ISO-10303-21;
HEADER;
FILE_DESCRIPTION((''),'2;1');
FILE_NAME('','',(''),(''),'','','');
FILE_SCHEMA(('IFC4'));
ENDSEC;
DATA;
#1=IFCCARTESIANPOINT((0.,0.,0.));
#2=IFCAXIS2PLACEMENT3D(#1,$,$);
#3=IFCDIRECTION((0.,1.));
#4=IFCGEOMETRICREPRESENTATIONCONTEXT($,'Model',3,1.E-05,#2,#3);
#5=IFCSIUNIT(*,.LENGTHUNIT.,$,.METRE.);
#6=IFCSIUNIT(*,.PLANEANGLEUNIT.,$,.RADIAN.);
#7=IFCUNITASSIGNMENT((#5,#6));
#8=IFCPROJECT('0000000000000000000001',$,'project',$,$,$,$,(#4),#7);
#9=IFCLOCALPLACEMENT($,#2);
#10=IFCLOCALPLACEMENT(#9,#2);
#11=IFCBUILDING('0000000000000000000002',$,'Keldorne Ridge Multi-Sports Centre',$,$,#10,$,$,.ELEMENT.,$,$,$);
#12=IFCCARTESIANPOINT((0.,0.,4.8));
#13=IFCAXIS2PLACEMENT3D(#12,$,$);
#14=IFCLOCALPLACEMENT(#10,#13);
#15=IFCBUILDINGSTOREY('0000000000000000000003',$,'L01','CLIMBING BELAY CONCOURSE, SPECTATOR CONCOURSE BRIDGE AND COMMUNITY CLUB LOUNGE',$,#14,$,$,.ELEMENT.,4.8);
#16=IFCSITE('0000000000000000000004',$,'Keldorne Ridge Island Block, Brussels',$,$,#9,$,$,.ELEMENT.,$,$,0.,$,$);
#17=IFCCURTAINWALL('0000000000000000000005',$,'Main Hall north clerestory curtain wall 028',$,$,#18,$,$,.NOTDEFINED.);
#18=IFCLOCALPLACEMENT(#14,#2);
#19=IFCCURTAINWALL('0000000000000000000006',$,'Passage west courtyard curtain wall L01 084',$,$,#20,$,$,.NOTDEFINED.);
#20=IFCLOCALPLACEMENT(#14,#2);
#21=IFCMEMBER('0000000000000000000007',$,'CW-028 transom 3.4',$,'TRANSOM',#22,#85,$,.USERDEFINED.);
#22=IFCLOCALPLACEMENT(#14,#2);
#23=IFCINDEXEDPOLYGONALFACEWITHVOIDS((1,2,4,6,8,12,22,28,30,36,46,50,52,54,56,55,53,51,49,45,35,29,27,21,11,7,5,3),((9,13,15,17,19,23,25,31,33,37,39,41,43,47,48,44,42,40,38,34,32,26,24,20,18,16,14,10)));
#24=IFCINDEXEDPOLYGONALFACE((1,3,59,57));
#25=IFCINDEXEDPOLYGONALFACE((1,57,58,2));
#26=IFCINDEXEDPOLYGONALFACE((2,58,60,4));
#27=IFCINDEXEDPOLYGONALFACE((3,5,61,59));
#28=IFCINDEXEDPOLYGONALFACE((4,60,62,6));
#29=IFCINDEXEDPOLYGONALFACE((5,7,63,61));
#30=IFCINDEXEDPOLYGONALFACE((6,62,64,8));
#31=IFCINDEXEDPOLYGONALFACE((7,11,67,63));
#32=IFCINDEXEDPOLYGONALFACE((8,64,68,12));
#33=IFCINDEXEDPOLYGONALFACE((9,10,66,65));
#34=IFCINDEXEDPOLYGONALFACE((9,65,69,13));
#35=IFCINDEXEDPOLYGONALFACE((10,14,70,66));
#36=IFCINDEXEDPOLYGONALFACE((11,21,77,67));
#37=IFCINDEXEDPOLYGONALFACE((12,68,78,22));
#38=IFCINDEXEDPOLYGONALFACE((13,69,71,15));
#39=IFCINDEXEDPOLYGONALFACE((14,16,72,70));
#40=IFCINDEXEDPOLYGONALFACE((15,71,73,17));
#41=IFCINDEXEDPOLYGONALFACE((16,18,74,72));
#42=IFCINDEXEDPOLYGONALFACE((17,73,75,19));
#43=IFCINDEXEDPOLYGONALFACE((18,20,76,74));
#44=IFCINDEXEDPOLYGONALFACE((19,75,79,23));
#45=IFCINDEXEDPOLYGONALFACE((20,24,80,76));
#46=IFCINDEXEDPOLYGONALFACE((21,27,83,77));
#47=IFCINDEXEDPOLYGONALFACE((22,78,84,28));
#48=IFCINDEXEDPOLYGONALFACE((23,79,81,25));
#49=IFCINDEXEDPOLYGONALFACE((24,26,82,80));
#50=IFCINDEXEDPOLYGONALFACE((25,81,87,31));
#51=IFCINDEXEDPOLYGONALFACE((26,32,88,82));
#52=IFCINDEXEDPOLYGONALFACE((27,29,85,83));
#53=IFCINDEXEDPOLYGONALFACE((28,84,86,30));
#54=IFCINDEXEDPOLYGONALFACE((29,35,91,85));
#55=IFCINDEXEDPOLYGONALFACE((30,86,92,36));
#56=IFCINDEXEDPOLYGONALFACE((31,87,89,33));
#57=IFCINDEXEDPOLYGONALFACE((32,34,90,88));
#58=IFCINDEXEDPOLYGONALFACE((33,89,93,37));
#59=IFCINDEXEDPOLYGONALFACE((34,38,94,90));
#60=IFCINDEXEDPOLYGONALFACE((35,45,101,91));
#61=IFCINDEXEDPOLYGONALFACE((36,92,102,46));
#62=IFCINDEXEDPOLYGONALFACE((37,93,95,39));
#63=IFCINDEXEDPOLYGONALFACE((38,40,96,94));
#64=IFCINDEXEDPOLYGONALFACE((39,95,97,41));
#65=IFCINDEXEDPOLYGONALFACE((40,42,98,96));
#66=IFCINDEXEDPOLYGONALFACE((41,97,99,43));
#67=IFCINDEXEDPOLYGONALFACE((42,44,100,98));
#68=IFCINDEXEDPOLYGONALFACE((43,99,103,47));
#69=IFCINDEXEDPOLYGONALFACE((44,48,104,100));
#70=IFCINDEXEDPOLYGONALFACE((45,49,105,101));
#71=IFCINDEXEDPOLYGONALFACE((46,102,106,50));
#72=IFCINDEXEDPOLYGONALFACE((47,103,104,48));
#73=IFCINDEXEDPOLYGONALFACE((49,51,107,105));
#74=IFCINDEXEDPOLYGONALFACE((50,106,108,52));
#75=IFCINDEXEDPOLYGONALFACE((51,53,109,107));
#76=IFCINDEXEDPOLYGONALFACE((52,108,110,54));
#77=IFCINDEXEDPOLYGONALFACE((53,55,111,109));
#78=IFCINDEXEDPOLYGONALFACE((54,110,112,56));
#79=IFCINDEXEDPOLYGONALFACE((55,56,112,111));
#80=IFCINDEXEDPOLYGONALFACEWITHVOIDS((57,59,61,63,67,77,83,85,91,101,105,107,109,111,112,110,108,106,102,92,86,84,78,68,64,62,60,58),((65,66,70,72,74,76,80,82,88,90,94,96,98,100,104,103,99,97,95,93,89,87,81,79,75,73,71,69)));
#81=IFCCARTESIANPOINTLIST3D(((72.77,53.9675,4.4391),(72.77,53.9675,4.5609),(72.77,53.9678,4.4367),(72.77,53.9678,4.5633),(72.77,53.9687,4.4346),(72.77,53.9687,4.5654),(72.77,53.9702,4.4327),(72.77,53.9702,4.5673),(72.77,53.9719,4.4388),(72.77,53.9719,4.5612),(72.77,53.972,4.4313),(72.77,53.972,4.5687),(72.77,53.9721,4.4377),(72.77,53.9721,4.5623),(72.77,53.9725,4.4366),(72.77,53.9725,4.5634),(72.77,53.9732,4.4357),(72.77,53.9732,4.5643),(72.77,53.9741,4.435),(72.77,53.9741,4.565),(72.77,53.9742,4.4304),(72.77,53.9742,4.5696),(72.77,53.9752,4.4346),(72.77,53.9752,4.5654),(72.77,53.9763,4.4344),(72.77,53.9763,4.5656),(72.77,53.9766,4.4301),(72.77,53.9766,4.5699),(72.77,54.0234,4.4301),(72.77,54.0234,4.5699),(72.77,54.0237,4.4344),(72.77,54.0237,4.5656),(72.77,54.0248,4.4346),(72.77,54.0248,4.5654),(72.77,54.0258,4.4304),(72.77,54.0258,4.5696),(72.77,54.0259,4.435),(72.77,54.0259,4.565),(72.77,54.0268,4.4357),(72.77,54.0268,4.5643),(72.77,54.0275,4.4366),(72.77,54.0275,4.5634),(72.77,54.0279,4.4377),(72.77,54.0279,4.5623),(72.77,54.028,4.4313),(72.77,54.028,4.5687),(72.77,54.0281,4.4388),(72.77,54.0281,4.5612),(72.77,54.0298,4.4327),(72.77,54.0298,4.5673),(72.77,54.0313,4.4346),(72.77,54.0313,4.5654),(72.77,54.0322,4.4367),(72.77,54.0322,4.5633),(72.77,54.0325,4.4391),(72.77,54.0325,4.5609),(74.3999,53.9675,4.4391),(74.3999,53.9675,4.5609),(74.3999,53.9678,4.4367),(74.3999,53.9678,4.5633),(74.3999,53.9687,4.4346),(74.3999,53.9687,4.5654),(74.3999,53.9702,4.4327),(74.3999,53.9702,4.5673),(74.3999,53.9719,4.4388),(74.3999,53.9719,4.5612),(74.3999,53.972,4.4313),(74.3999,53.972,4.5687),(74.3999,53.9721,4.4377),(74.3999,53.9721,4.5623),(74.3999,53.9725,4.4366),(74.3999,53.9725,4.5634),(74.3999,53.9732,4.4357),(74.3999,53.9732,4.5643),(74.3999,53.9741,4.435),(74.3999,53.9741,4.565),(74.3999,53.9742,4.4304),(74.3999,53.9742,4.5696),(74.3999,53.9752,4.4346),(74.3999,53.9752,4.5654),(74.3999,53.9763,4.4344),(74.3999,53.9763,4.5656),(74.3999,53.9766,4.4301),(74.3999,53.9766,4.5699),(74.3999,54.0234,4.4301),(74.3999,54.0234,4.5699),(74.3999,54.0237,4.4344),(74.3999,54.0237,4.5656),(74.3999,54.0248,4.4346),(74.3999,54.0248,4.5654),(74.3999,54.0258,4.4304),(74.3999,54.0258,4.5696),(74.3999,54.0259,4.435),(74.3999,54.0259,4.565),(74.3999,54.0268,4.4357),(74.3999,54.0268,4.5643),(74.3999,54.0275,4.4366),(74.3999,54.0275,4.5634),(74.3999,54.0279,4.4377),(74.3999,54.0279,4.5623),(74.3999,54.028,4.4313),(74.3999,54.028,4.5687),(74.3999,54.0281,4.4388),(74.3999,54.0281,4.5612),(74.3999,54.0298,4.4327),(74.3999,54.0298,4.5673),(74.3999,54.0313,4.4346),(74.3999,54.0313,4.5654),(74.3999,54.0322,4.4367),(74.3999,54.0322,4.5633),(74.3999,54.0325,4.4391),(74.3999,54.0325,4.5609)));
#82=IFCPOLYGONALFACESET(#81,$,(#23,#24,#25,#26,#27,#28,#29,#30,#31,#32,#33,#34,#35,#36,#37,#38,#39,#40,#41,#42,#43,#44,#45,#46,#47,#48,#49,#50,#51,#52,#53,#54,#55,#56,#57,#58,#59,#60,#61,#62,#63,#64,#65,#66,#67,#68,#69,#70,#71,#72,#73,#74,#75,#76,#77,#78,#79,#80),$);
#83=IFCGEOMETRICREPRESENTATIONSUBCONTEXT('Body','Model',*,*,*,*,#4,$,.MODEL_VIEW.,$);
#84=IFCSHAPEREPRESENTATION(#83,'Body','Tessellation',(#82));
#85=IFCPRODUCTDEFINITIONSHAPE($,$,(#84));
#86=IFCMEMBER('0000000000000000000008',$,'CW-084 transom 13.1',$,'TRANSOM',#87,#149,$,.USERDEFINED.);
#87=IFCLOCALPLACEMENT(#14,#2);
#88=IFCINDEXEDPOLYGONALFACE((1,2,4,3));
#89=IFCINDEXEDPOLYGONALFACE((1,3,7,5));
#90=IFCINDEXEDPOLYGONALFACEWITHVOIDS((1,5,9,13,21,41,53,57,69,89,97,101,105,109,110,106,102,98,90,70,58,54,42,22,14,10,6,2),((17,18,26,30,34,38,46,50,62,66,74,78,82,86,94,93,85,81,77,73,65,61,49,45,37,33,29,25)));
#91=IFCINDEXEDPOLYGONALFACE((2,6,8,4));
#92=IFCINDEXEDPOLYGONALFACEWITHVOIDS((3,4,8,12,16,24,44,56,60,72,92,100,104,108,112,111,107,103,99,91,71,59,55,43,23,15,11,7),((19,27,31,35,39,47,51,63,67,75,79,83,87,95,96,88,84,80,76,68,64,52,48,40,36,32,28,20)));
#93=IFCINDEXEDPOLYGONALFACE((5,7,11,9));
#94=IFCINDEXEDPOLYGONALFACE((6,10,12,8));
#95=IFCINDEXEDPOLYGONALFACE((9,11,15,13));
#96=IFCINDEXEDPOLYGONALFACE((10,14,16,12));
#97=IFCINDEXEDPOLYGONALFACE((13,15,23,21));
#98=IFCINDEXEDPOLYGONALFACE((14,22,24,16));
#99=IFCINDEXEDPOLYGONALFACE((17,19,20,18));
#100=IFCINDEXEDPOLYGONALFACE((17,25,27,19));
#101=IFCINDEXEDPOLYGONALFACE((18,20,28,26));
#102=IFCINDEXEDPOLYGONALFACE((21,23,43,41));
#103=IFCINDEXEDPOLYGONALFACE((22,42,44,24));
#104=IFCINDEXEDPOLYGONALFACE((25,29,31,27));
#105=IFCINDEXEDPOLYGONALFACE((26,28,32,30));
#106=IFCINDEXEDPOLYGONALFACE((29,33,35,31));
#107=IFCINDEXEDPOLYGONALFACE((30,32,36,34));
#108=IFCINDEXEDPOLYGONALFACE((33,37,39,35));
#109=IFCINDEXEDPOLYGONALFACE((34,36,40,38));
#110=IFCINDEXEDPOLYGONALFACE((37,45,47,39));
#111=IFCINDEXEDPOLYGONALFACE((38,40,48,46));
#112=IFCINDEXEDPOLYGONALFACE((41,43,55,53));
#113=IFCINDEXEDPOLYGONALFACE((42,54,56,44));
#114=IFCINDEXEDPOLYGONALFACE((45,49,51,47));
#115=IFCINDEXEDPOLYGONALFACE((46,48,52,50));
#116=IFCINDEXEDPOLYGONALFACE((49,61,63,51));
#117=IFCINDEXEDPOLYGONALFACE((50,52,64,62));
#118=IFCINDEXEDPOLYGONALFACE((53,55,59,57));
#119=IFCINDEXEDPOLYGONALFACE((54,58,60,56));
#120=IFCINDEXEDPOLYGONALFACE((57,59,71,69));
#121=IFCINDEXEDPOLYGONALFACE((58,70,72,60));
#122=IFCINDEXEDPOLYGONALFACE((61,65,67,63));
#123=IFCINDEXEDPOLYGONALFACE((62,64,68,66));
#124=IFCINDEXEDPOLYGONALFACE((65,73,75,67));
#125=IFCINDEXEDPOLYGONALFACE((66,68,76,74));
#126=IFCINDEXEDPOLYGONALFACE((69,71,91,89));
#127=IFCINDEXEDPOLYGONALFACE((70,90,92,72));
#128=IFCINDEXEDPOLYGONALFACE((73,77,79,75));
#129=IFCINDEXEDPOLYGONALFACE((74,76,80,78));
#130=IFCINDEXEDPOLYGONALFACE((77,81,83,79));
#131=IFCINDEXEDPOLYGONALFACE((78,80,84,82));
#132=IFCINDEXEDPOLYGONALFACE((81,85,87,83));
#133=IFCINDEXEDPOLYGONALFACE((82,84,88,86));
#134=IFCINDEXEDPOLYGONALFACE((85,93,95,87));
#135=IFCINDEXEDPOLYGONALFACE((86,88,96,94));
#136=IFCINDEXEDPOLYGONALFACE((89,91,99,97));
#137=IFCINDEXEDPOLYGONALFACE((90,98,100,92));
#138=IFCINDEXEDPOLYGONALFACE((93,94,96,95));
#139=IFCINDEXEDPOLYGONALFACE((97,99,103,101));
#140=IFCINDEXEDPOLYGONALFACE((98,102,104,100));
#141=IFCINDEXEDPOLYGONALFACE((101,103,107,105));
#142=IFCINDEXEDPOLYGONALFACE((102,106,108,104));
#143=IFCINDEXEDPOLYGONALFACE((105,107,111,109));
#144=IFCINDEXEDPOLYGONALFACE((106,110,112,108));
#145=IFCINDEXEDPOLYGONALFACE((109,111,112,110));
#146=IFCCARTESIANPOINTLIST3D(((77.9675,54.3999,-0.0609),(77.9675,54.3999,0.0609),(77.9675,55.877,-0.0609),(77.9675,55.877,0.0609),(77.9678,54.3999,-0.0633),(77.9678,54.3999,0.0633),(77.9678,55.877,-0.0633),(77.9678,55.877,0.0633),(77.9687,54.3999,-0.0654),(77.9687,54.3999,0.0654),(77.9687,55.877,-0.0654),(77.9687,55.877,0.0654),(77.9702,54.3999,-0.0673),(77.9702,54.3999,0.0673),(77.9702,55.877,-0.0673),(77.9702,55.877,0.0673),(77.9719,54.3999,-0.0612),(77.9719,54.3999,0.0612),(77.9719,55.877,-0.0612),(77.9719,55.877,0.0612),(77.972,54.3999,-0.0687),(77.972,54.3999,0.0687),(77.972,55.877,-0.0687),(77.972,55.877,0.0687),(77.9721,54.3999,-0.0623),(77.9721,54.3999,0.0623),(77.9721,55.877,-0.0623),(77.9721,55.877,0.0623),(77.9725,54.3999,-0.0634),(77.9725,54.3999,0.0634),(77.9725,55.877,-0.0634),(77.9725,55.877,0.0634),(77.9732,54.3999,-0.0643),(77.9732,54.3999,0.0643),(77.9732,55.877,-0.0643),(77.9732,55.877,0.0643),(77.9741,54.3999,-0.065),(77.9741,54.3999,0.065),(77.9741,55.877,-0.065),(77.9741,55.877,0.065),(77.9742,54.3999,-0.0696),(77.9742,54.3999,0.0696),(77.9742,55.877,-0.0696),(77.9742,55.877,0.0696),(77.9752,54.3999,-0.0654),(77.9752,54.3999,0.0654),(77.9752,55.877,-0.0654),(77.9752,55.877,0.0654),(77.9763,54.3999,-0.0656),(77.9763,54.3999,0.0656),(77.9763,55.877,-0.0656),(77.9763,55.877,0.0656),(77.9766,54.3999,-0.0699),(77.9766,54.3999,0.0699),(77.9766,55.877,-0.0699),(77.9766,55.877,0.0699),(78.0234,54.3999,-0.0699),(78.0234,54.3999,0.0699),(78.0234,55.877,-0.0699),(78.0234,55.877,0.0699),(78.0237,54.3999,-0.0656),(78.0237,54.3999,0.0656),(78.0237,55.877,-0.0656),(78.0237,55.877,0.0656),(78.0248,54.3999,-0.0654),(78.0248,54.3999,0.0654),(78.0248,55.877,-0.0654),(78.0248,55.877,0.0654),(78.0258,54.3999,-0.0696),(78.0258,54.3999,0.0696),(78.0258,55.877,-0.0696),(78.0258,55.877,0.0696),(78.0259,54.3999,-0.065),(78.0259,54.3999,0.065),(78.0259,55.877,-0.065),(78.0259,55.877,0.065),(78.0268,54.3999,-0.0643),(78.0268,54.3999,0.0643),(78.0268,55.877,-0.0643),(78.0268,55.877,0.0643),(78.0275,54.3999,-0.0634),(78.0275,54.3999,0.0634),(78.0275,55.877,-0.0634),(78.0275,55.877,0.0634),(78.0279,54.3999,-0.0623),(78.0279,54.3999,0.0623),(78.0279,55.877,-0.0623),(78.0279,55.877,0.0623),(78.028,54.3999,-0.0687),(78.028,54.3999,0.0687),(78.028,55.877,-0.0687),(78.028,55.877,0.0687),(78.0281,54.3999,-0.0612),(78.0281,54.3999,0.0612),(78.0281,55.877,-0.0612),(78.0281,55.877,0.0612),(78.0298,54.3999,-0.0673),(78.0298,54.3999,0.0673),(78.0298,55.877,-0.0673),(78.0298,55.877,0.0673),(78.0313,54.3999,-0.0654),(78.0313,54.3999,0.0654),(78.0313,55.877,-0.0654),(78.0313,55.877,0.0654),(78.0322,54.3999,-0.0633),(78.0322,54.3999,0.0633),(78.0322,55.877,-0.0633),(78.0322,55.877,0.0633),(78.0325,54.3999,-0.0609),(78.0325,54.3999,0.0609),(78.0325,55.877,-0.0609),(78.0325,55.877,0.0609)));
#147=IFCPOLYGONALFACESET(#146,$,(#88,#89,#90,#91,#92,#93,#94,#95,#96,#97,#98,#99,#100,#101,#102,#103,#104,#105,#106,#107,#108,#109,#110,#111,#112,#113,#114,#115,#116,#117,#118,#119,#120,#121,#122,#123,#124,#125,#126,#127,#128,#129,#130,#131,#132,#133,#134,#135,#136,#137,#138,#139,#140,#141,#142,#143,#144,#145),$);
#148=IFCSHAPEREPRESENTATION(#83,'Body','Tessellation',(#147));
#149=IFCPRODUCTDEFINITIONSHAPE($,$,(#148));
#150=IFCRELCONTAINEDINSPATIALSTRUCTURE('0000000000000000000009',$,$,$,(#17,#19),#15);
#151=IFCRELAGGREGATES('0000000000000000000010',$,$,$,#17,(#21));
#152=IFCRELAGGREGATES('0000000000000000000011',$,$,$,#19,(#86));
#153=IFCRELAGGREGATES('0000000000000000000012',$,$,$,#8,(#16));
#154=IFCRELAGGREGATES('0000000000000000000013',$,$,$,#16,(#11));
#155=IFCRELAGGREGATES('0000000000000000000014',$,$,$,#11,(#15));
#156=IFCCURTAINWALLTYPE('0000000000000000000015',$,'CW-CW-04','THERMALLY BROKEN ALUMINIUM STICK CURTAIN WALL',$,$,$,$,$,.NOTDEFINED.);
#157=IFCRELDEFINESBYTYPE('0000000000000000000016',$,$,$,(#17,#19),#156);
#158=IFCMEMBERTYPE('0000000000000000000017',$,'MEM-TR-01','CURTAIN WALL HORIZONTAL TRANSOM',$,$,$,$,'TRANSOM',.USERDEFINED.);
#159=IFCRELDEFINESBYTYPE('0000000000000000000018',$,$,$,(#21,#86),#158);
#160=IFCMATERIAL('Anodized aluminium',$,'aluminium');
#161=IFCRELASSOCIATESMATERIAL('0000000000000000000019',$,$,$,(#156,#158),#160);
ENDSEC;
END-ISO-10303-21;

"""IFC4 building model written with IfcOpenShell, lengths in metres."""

from ifc_helpers import new_model, si_unit, direction, frame, origin, origin_2d, place, context, subcontext, project, spatial, hollow_rectangle, extrude, material, material_profile, profile_set, type_object, element, aggregate, save


model = new_model("IFC4")

# Units and contexts
model_context = context("Model", 3, precision=1e-05, world=origin(), true_north=direction((0.0, 1.0)))
body_context = subcontext(model_context, "Body", "Model", "MODEL_VIEW")
ifc_project = project(units=[si_unit("LENGTHUNIT", "METRE"), si_unit("PLANEANGLEUNIT", "RADIAN")], contexts=[model_context])

# Site, building, storey
site_placement = place(None, origin())
site = spatial("IfcSite", under=ifc_project, at=site_placement, Name="Keldorne Ridge Island Block, Brussels", CompositionType="ELEMENT", RefElevation=0.0)
building_placement = place(site_placement, origin())
building = spatial("IfcBuilding", under=site, at=building_placement, Name="Keldorne Ridge Multi-Sports Centre", CompositionType="ELEMENT")
storey_placement = place(building_placement, frame((0.0, 0.0, 4.8)))
storey = spatial("IfcBuildingStorey", under=building, at=storey_placement, Name="L01", Description="CLIMBING BELAY CONCOURSE, SPECTATOR CONCOURSE BRIDGE AND COMMUNITY CLUB LOUNGE", CompositionType="ELEMENT", Elevation=4.8)

# Curtain walls
ifc_material_1 = material(Name="Anodized aluminium", Category="aluminium")
curtain_wall_type = type_object("IfcCurtainWallType", Name="CW-CW-04", Description="THERMALLY BROKEN ALUMINIUM STICK CURTAIN WALL", PredefinedType="NOTDEFINED", material=ifc_material_1)
curtain_wall_1_placement = place(storey_placement, origin())
curtain_wall_1 = element("IfcCurtainWall", 1, at=curtain_wall_1_placement, inside=storey, type_object=curtain_wall_type, Name="Main Hall north clerestory curtain wall 028", PredefinedType="NOTDEFINED")
curtain_wall_2_placement = place(storey_placement, origin())
curtain_wall_2 = element("IfcCurtainWall", 2, at=curtain_wall_2_placement, inside=storey, type_object=curtain_wall_type, Name="Passage west courtyard curtain wall L01 084", PredefinedType="NOTDEFINED")

# Members
ifc_material_profile_1 = material_profile(ifc_material_1, hollow_rectangle(XDim=0.0649, YDim=0.1399, WallThickness=0.0044, InnerFilletRadius=0.0044, OuterFilletRadius=0.009, at=origin_2d()), Name="ALU TRANSOM 140x65x4.5")
ifc_profile_set_1 = profile_set([ifc_material_profile_1], Name="Anodized aluminium")
member_type_1 = type_object("IfcMemberType", Name="MEM-TR-01", Description="CURTAIN WALL HORIZONTAL TRANSOM", ElementType="TRANSOM", PredefinedType="USERDEFINED", material=ifc_profile_set_1)
member_1_placement = place(storey_placement, frame((74.3999, 54.0, 4.5), z_axis=(-1.0, 0.0, 0.0), x_axis=(0.0, -1.0, 0.0)))
member_1 = element("IfcMember", 3, at=member_1_placement, type_object=member_type_1, Name="CW-028 transom 3.4", ObjectType="TRANSOM", PredefinedType="USERDEFINED", context=body_context, shape_type="SweptSolid", body=[
    extrude(hollow_rectangle(XDim=0.0649, YDim=0.1399, WallThickness=0.0044, InnerFilletRadius=0.0044, OuterFilletRadius=0.009, at=origin_2d()), origin(), (0.0, 0.0, 1.0), 1.6299),
])
member_2_placement = place(storey_placement, frame((78.0, 55.877, 0.0), z_axis=(0.0, -1.0, 0.0), x_axis=(1.0, 0.0, 0.0)))
member_2 = element("IfcMember", 4, at=member_2_placement, type_object=member_type_1, Name="CW-084 transom 13.1", ObjectType="TRANSOM", PredefinedType="USERDEFINED", context=body_context, shape_type="SweptSolid", body=[
    extrude(hollow_rectangle(XDim=0.0649, YDim=0.1399, WallThickness=0.0044, InnerFilletRadius=0.0044, OuterFilletRadius=0.009, at=origin_2d()), origin(), (0.0, 0.0, 1.0), 1.4771),
])

aggregate(curtain_wall_1, [member_1])
aggregate(curtain_wall_2, [member_2])

save(model, "model.ifc")
